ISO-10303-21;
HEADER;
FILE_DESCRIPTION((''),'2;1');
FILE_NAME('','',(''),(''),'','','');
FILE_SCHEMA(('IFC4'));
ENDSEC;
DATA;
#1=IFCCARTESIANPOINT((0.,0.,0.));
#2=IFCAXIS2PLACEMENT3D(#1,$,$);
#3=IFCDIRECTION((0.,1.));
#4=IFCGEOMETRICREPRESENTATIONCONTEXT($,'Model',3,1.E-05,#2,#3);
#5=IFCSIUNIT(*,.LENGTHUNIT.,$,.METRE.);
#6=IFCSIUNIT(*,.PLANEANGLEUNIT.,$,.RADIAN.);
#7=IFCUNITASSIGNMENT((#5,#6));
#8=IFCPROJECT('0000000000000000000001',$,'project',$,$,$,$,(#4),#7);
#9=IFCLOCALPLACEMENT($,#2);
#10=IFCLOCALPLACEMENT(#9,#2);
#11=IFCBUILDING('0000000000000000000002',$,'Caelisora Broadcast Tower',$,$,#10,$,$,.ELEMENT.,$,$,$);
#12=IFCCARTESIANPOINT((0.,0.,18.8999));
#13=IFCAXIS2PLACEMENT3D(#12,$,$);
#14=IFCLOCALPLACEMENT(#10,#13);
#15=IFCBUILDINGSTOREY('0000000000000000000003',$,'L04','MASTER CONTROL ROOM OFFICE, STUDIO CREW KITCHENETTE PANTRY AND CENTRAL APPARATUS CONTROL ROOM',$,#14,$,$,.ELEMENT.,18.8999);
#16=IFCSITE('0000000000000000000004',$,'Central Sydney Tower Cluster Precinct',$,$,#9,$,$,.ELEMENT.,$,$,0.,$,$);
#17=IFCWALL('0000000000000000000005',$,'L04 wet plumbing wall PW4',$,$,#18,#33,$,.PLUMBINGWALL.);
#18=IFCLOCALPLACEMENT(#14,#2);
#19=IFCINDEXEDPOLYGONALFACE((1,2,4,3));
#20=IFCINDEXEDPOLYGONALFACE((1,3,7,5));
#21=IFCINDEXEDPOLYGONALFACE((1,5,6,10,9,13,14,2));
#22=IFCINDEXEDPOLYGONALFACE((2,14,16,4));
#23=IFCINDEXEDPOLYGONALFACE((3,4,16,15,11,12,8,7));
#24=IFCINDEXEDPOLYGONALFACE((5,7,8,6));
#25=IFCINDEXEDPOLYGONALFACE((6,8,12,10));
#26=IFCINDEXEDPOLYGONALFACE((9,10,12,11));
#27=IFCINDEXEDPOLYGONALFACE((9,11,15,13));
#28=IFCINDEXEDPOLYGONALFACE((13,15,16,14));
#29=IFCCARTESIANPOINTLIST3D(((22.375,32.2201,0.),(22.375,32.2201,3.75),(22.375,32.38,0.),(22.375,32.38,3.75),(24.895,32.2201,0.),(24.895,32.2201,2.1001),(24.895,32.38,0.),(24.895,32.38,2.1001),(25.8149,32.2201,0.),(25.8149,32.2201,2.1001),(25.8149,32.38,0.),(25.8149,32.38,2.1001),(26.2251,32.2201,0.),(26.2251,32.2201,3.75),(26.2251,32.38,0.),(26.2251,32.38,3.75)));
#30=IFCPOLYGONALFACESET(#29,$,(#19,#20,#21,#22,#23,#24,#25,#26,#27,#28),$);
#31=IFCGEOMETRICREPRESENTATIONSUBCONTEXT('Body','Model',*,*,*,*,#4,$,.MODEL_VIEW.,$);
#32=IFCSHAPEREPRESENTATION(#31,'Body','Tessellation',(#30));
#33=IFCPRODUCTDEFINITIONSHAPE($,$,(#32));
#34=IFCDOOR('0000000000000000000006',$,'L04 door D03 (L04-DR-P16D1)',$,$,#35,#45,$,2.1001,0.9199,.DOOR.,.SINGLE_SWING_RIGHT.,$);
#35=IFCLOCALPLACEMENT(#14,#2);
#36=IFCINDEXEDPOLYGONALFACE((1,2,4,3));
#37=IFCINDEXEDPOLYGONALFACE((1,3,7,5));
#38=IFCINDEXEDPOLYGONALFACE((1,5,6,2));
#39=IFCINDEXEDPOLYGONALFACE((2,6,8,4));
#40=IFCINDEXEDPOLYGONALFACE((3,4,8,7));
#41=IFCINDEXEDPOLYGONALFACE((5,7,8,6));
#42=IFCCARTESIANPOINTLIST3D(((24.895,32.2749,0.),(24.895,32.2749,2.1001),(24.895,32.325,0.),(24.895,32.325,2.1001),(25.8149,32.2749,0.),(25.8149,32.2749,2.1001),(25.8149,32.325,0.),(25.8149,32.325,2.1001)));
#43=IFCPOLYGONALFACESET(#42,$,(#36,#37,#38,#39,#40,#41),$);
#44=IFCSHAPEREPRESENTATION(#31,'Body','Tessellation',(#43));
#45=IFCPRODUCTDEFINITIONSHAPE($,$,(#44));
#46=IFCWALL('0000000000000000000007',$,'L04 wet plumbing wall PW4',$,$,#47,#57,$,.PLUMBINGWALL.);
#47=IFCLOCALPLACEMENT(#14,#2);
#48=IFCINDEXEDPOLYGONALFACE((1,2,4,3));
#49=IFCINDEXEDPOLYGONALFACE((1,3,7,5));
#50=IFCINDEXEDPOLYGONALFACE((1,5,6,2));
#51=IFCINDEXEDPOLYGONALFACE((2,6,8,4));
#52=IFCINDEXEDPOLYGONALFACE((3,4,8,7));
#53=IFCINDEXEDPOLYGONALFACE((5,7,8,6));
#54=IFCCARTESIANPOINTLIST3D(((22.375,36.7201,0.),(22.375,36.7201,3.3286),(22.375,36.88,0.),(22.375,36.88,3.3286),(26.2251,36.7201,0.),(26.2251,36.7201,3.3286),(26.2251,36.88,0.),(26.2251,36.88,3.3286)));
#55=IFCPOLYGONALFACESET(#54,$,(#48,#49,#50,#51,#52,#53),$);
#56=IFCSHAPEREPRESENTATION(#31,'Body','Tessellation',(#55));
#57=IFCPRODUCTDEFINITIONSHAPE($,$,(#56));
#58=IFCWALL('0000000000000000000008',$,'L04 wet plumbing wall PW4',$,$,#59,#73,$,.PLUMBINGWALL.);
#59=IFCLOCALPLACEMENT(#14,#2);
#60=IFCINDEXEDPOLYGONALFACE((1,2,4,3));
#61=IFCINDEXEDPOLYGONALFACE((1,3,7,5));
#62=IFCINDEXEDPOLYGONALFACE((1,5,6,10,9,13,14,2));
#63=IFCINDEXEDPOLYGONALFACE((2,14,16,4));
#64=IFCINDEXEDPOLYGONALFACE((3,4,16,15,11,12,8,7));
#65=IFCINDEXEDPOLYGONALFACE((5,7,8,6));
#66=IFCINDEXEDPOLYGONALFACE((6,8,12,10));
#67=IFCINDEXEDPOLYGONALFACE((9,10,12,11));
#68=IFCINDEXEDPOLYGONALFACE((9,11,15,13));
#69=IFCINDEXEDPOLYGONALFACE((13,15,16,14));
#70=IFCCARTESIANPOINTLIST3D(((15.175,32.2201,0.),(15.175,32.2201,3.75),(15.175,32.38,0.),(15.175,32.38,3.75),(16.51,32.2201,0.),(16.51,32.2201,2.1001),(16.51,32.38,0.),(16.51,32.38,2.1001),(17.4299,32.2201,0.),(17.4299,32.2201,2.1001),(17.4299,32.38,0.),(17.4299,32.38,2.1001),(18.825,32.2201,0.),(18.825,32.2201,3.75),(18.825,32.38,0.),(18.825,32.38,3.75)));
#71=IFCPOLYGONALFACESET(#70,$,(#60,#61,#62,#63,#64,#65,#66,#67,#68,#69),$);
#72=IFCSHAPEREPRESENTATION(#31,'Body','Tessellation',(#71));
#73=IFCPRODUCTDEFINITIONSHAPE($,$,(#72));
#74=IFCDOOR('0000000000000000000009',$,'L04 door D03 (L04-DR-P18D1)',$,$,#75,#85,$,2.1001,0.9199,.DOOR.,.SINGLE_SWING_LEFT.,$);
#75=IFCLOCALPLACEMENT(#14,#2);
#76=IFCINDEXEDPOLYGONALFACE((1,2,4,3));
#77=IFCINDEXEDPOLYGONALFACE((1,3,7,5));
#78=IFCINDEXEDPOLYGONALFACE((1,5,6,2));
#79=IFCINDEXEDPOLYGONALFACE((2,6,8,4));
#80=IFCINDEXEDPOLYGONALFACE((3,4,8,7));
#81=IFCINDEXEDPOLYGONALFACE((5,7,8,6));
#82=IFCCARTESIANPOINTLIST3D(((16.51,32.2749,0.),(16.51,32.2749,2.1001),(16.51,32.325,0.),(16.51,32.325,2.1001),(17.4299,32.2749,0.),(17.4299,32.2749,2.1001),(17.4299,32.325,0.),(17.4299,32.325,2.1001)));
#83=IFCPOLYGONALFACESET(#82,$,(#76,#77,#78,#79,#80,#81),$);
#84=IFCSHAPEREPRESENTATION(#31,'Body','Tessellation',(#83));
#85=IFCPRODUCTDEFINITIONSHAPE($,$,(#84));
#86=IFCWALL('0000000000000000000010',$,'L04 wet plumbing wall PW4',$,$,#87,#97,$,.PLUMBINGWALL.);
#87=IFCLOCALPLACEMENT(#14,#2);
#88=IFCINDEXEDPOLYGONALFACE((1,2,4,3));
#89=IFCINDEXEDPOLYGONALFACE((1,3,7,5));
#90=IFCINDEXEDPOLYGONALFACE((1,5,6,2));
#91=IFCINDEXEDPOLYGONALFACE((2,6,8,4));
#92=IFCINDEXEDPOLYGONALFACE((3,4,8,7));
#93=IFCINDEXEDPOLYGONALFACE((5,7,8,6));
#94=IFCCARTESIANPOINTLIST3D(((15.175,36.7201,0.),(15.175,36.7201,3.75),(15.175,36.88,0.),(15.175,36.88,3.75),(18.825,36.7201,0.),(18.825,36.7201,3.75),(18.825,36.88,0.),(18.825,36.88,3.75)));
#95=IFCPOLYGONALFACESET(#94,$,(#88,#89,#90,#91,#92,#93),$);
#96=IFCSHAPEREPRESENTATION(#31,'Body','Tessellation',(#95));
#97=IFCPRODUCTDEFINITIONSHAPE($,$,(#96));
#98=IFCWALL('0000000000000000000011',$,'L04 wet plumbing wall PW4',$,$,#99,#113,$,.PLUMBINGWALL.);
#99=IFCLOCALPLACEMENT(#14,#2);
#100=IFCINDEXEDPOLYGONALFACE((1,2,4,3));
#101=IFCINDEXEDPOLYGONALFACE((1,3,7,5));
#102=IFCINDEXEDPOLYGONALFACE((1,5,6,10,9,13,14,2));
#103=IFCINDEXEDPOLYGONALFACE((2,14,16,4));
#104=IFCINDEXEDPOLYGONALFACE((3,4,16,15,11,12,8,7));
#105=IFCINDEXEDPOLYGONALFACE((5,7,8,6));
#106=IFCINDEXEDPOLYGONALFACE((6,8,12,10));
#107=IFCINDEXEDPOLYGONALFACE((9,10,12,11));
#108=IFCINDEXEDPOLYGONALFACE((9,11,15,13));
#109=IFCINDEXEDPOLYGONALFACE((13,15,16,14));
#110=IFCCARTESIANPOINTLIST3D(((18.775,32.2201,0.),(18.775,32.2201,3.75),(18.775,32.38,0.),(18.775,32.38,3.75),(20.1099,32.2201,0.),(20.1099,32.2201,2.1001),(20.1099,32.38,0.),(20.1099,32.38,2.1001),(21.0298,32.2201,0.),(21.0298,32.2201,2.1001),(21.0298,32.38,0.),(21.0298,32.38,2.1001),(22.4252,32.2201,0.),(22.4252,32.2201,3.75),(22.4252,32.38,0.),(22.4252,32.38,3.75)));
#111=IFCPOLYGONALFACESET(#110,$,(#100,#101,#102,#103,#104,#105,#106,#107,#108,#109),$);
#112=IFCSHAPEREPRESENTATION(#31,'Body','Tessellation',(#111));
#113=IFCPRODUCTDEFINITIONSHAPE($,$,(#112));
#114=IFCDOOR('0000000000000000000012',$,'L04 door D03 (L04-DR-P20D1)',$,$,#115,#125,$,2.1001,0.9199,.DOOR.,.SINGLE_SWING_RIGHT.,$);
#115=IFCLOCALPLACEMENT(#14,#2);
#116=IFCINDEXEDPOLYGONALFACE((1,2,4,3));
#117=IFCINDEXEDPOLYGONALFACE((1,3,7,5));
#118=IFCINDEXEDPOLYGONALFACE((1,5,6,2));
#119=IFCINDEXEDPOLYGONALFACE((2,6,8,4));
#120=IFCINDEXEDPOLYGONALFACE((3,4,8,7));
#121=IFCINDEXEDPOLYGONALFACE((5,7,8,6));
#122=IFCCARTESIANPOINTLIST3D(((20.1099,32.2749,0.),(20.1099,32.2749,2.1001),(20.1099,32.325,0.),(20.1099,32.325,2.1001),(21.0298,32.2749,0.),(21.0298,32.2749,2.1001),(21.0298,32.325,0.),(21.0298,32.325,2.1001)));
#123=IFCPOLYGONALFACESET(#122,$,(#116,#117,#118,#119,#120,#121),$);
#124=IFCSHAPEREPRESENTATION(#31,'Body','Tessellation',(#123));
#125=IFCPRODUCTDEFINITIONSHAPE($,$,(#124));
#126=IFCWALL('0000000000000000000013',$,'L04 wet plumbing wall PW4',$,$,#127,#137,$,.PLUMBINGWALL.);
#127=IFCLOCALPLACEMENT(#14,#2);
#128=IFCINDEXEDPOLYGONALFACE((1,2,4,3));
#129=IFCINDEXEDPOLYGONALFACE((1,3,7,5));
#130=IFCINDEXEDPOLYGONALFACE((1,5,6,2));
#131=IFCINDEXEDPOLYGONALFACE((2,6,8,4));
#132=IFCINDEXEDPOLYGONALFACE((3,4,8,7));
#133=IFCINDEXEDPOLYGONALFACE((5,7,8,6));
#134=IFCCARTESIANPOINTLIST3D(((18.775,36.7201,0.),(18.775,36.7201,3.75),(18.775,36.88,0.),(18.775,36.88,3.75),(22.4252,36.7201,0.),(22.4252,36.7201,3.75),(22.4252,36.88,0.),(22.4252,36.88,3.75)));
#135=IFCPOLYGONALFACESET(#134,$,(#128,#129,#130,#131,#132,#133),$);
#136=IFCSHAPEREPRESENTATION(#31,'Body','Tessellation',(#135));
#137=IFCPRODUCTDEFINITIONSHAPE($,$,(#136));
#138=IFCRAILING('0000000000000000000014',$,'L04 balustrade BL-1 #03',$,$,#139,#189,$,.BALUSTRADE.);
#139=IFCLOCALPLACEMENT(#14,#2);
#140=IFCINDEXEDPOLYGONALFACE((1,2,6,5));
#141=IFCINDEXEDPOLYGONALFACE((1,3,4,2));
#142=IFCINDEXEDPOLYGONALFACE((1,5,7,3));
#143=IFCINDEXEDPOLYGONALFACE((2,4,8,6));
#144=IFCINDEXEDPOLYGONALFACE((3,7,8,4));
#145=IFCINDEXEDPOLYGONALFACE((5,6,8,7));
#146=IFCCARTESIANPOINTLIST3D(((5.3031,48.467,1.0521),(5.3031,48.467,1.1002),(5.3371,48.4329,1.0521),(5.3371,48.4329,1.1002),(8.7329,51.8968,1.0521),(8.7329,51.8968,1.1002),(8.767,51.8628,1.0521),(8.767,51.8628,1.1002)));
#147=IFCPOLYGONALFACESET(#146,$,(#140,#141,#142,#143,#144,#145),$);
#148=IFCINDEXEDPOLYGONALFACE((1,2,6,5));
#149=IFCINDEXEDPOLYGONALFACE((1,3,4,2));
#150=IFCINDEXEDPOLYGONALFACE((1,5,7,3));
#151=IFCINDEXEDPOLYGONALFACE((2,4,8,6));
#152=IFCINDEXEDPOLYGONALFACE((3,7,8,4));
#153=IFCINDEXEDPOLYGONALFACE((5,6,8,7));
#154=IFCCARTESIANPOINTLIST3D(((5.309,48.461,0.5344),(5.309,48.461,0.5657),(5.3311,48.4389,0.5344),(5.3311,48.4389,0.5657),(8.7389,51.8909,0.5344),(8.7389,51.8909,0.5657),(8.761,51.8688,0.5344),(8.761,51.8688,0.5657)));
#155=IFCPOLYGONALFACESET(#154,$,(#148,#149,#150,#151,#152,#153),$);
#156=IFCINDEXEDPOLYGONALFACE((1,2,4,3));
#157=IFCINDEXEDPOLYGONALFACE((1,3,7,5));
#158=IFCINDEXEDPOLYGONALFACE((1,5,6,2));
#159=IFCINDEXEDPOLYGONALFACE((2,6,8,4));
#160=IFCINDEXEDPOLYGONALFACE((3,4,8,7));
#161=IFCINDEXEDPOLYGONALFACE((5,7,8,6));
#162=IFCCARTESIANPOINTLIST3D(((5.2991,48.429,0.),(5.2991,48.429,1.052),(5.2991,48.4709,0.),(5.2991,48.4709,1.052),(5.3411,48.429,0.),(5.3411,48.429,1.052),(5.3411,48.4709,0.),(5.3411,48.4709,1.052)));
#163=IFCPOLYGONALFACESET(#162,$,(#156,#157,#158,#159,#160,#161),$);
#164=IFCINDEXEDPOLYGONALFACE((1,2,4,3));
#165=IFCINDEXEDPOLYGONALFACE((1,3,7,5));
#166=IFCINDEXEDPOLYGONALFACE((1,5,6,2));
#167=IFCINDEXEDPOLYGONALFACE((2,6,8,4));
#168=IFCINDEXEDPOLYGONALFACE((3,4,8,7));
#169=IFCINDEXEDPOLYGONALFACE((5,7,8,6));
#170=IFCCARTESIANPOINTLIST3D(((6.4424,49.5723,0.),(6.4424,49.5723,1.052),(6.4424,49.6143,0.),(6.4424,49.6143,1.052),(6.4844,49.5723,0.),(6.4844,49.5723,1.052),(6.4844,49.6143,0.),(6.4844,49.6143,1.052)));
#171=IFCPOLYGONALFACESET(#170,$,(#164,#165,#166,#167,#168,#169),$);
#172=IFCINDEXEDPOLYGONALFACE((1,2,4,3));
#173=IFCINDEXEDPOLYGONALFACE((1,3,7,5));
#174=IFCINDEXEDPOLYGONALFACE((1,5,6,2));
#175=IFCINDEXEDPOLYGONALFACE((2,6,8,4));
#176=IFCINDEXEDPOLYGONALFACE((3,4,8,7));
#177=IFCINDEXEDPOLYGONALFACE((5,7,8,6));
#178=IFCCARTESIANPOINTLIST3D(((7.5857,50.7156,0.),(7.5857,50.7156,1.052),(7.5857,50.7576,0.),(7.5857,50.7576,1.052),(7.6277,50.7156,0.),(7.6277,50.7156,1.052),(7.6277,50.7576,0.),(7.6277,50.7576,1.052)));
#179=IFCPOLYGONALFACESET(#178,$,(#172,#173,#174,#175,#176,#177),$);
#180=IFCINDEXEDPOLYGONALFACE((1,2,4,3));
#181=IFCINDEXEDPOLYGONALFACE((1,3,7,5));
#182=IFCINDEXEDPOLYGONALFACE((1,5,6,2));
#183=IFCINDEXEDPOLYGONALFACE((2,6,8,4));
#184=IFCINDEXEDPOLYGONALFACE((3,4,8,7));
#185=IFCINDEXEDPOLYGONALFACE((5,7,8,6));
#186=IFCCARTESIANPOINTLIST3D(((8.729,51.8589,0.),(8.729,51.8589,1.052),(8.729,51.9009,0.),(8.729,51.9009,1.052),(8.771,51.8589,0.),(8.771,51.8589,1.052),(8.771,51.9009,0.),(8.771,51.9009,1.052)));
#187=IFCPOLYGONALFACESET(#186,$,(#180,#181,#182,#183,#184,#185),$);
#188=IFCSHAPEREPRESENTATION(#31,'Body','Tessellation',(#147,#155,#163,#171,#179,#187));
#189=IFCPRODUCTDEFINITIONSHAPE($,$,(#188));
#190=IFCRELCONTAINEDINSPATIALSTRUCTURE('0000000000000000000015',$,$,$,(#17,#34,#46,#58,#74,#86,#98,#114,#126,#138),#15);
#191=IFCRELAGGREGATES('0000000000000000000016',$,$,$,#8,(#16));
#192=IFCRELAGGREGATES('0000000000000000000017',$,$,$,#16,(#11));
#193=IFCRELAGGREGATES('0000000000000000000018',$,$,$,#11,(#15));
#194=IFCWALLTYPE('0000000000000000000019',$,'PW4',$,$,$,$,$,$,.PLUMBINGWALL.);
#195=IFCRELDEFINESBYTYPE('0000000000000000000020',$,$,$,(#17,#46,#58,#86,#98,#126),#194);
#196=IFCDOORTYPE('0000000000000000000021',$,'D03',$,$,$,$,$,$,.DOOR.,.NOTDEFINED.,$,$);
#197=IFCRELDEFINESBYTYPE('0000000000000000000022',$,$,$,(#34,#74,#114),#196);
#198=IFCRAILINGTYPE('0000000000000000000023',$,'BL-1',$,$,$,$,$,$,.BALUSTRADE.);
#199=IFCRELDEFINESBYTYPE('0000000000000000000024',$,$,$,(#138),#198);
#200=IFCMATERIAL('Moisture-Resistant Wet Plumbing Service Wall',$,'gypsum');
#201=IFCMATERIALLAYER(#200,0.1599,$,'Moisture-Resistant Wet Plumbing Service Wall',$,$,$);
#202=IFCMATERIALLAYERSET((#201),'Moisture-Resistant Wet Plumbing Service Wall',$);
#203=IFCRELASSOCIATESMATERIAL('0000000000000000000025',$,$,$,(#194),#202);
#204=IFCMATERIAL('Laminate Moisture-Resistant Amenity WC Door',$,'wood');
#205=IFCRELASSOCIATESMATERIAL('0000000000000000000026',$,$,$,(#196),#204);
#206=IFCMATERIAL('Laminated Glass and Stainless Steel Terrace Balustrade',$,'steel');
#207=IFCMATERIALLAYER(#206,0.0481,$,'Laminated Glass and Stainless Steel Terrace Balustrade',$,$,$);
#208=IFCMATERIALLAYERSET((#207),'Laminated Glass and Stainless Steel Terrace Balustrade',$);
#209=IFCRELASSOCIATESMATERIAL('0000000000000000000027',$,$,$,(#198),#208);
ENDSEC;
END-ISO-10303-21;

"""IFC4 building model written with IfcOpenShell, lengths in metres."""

from ifc_helpers import new_model, si_unit, direction, frame, frame_2d, origin, origin_2d, place, context, subcontext, project, spatial, rectangle, extrude, material, layer, layer_set, type_object, element, fill, save


model = new_model("IFC4")

# Units and contexts
model_context = context("Model", 3, precision=1e-05, world=origin(), true_north=direction((0.0, 1.0)))
body_context = subcontext(model_context, "Body", "Model", "MODEL_VIEW")
ifc_project = project(units=[si_unit("LENGTHUNIT", "METRE"), si_unit("PLANEANGLEUNIT", "RADIAN")], contexts=[model_context])

# Site, building, storey
site_placement = place(None, origin())
site = spatial("IfcSite", under=ifc_project, at=site_placement, Name="Central Sydney Tower Cluster Precinct", CompositionType="ELEMENT", RefElevation=0.0)
building_placement = place(site_placement, origin())
building = spatial("IfcBuilding", under=site, at=building_placement, Name="Caelisora Broadcast Tower", CompositionType="ELEMENT")
storey_placement = place(building_placement, frame((0.0, 0.0, 18.8999)))
storey = spatial("IfcBuildingStorey", under=building, at=storey_placement, Name="L04", Description="MASTER CONTROL ROOM OFFICE, STUDIO CREW KITCHENETTE PANTRY AND CENTRAL APPARATUS CONTROL ROOM", CompositionType="ELEMENT", Elevation=18.8999)

# Shared definitions
ifc_material_1 = material(Name="Moisture-Resistant Wet Plumbing Service Wall", Category="gypsum")
ifc_layer_1 = layer(ifc_material_1, 0.1599, Name="Moisture-Resistant Wet Plumbing Service Wall")
ifc_layer_set_1 = layer_set([ifc_layer_1], Name="Moisture-Resistant Wet Plumbing Service Wall")
wall_type_1 = type_object("IfcWallType", Name="PW4", PredefinedType="PLUMBINGWALL", material=ifc_layer_set_1)

# Wall, opening, door
wall_1_placement = place(storey_placement, frame((22.375, 32.3, 0.0), z_axis=(0.0, 0.0, 1.0), x_axis=(1.0, 0.0, 0.0)))
wall_1 = element("IfcWall", 1, at=wall_1_placement, inside=storey, type_object=wall_type_1, Name="L04 wet plumbing wall PW4", PredefinedType="PLUMBINGWALL", context=body_context, shape_type="SweptSolid", body=[
    extrude(rectangle(XDim=3.8501, YDim=0.1599, at=frame_2d((1.925, 0.0))), origin(), (0.0, 0.0, 1.0), 3.75),
])
opening_1_placement = place(wall_1_placement, frame((2.52, 0.0, 0.0)))
opening_1 = element("IfcOpeningElement", 2, at=opening_1_placement, cuts=wall_1, PredefinedType="OPENING", context=body_context, shape_type="SweptSolid", body=[
    extrude(rectangle(XDim=0.9199, YDim=2.1001, at=frame_2d((0.46, 1.05))), frame((0.0, 0.092, 0.0), z_axis=(0.0, -1.0, 0.0), x_axis=(1.0, 0.0, 0.0)), (0.0, 0.0, 1.0), 0.1838),
])
ifc_material_2 = material(Name="Laminate Moisture-Resistant Amenity WC Door", Category="wood")
door_type = type_object("IfcDoorType", Name="D03", OperationType="NOTDEFINED", PredefinedType="DOOR", material=ifc_material_2)
door_1_placement = place(opening_1_placement, origin())
door_1 = element("IfcDoor", 3, at=door_1_placement, inside=storey, type_object=door_type, Name="L04 door D03 (L04-DR-P16D1)", OperationType="SINGLE_SWING_RIGHT", OverallHeight=2.1001, OverallWidth=0.9199, PredefinedType="DOOR", context=body_context, shape_type="SweptSolid", body=[
    extrude(rectangle(XDim=0.9199, YDim=2.1001, at=frame_2d((0.46, 1.05))), frame((0.0, 0.0249, 0.0), z_axis=(0.0, -1.0, 0.0), x_axis=(1.0, 0.0, 0.0)), (0.0, 0.0, 1.0), 0.05),
])
fill(opening_1, door_1)

# Wall
wall_2_placement = place(storey_placement, frame((22.375, 36.8, 0.0), z_axis=(0.0, 0.0, 1.0), x_axis=(1.0, 0.0, 0.0)))
element("IfcWall", 4, at=wall_2_placement, inside=storey, type_object=wall_type_1, Name="L04 wet plumbing wall PW4", PredefinedType="PLUMBINGWALL", context=body_context, shape_type="SweptSolid", body=[
    extrude(rectangle(XDim=3.8501, YDim=0.1599, at=frame_2d((1.925, 0.0))), origin(), (0.0, 0.0, 1.0), 3.3286),
])

# Wall, opening, door
wall_3_placement = place(storey_placement, frame((15.175, 32.3, 0.0), z_axis=(0.0, 0.0, 1.0), x_axis=(1.0, 0.0, 0.0)))
wall_3 = element("IfcWall", 5, at=wall_3_placement, inside=storey, type_object=wall_type_1, Name="L04 wet plumbing wall PW4", PredefinedType="PLUMBINGWALL", context=body_context, shape_type="SweptSolid", body=[
    extrude(rectangle(XDim=3.6499, YDim=0.1599, at=frame_2d((1.825, 0.0))), origin(), (0.0, 0.0, 1.0), 3.75),
])
opening_2_placement = place(wall_3_placement, frame((1.335, 0.0, 0.0)))
opening_2 = element("IfcOpeningElement", 6, at=opening_2_placement, cuts=wall_3, PredefinedType="OPENING", context=body_context, shape_type="SweptSolid", body=[
    extrude(rectangle(XDim=0.9199, YDim=2.1001, at=frame_2d((0.46, 1.05))), frame((0.0, 0.092, 0.0), z_axis=(0.0, -1.0, 0.0), x_axis=(1.0, 0.0, 0.0)), (0.0, 0.0, 1.0), 0.1838),
])
door_2_placement = place(opening_2_placement, origin())
door_2 = element("IfcDoor", 7, at=door_2_placement, inside=storey, type_object=door_type, Name="L04 door D03 (L04-DR-P18D1)", OperationType="SINGLE_SWING_LEFT", OverallHeight=2.1001, OverallWidth=0.9199, PredefinedType="DOOR", context=body_context, shape_type="SweptSolid", body=[
    extrude(rectangle(XDim=0.9199, YDim=2.1001, at=frame_2d((0.46, 1.05))), frame((0.0, 0.0249, 0.0), z_axis=(0.0, -1.0, 0.0), x_axis=(1.0, 0.0, 0.0)), (0.0, 0.0, 1.0), 0.05),
])
fill(opening_2, door_2)

# Wall
wall_4_placement = place(storey_placement, frame((15.175, 36.8, 0.0), z_axis=(0.0, 0.0, 1.0), x_axis=(1.0, 0.0, 0.0)))
element("IfcWall", 8, at=wall_4_placement, inside=storey, type_object=wall_type_1, Name="L04 wet plumbing wall PW4", PredefinedType="PLUMBINGWALL", context=body_context, shape_type="SweptSolid", body=[
    extrude(rectangle(XDim=3.6499, YDim=0.1599, at=frame_2d((1.825, 0.0))), origin(), (0.0, 0.0, 1.0), 3.75),
])

# Wall, opening, door
wall_5_placement = place(storey_placement, frame((18.7749, 32.3, 0.0), z_axis=(0.0, 0.0, 1.0), x_axis=(1.0, 0.0, 0.0)))
wall_5 = element("IfcWall", 9, at=wall_5_placement, inside=storey, type_object=wall_type_1, Name="L04 wet plumbing wall PW4", PredefinedType="PLUMBINGWALL", context=body_context, shape_type="SweptSolid", body=[
    extrude(rectangle(XDim=3.6501, YDim=0.1599, at=frame_2d((1.8252, 0.0))), origin(), (0.0, 0.0, 1.0), 3.75),
])
opening_3_placement = place(wall_5_placement, frame((1.335, 0.0, 0.0)))
opening_3 = element("IfcOpeningElement", 10, at=opening_3_placement, cuts=wall_5, PredefinedType="OPENING", context=body_context, shape_type="SweptSolid", body=[
    extrude(rectangle(XDim=0.9199, YDim=2.1001, at=frame_2d((0.46, 1.05))), frame((0.0, 0.092, 0.0), z_axis=(0.0, -1.0, 0.0), x_axis=(1.0, 0.0, 0.0)), (0.0, 0.0, 1.0), 0.1838),
])
door_3_placement = place(opening_3_placement, origin())
door_3 = element("IfcDoor", 11, at=door_3_placement, inside=storey, type_object=door_type, Name="L04 door D03 (L04-DR-P20D1)", OperationType="SINGLE_SWING_RIGHT", OverallHeight=2.1001, OverallWidth=0.9199, PredefinedType="DOOR", context=body_context, shape_type="SweptSolid", body=[
    extrude(rectangle(XDim=0.9199, YDim=2.1001, at=frame_2d((0.46, 1.05))), frame((0.0, 0.0249, 0.0), z_axis=(0.0, -1.0, 0.0), x_axis=(1.0, 0.0, 0.0)), (0.0, 0.0, 1.0), 0.05),
])
fill(opening_3, door_3)

# Wall
wall_6_placement = place(storey_placement, frame((18.7749, 36.8, 0.0), z_axis=(0.0, 0.0, 1.0), x_axis=(1.0, 0.0, 0.0)))
element("IfcWall", 12, at=wall_6_placement, inside=storey, type_object=wall_type_1, Name="L04 wet plumbing wall PW4", PredefinedType="PLUMBINGWALL", context=body_context, shape_type="SweptSolid", body=[
    extrude(rectangle(XDim=3.6501, YDim=0.1599, at=frame_2d((1.8252, 0.0))), origin(), (0.0, 0.0, 1.0), 3.75),
])

# Railing
ifc_material_3 = material(Name="Laminated Glass and Stainless Steel Terrace Balustrade", Category="steel")
ifc_layer_2 = layer(ifc_material_3, 0.0481, Name="Laminated Glass and Stainless Steel Terrace Balustrade")
ifc_layer_set_2 = layer_set([ifc_layer_2], Name="Laminated Glass and Stainless Steel Terrace Balustrade")
railing_type = type_object("IfcRailingType", Name="BL-1", PredefinedType="BALUSTRADE", material=ifc_layer_set_2)
railing_1_placement = place(storey_placement, frame((5.3201, 48.45, 0.0)))
element("IfcRailing", 13, at=railing_1_placement, inside=storey, type_object=railing_type, Name="L04 balustrade BL-1 #03", PredefinedType="BALUSTRADE", context=body_context, shape_type="SweptSolid", body=[
    extrude(rectangle(XDim=0.0481, YDim=0.0481, at=origin_2d()), frame((0.0, 0.0, 1.0762), z_axis=(0.707107, 0.707107, 0.0), x_axis=(-0.707107, 0.707107, 0.0)), (0.0, 0.0, 1.0), 4.8506),
    extrude(rectangle(XDim=0.0312, YDim=0.0312, at=origin_2d()), frame((0.0, 0.0, 0.55), z_axis=(0.707107, 0.707107, 0.0), x_axis=(-0.707107, 0.707107, 0.0)), (0.0, 0.0, 1.0), 4.8506),
    extrude(rectangle(XDim=0.042, YDim=0.042, at=origin_2d()), origin(), (0.0, 0.0, 1.0), 1.052),
    extrude(rectangle(XDim=0.042, YDim=0.042, at=origin_2d()), frame((1.1433, 1.1433, 0.0)), (0.0, 0.0, 1.0), 1.052),
    extrude(rectangle(XDim=0.042, YDim=0.042, at=origin_2d()), frame((2.2866, 2.2866, 0.0)), (0.0, 0.0, 1.0), 1.052),
    extrude(rectangle(XDim=0.042, YDim=0.042, at=origin_2d()), frame((3.4299, 3.4299, 0.0)), (0.0, 0.0, 1.0), 1.052),
])

save(model, "model.ifc")
